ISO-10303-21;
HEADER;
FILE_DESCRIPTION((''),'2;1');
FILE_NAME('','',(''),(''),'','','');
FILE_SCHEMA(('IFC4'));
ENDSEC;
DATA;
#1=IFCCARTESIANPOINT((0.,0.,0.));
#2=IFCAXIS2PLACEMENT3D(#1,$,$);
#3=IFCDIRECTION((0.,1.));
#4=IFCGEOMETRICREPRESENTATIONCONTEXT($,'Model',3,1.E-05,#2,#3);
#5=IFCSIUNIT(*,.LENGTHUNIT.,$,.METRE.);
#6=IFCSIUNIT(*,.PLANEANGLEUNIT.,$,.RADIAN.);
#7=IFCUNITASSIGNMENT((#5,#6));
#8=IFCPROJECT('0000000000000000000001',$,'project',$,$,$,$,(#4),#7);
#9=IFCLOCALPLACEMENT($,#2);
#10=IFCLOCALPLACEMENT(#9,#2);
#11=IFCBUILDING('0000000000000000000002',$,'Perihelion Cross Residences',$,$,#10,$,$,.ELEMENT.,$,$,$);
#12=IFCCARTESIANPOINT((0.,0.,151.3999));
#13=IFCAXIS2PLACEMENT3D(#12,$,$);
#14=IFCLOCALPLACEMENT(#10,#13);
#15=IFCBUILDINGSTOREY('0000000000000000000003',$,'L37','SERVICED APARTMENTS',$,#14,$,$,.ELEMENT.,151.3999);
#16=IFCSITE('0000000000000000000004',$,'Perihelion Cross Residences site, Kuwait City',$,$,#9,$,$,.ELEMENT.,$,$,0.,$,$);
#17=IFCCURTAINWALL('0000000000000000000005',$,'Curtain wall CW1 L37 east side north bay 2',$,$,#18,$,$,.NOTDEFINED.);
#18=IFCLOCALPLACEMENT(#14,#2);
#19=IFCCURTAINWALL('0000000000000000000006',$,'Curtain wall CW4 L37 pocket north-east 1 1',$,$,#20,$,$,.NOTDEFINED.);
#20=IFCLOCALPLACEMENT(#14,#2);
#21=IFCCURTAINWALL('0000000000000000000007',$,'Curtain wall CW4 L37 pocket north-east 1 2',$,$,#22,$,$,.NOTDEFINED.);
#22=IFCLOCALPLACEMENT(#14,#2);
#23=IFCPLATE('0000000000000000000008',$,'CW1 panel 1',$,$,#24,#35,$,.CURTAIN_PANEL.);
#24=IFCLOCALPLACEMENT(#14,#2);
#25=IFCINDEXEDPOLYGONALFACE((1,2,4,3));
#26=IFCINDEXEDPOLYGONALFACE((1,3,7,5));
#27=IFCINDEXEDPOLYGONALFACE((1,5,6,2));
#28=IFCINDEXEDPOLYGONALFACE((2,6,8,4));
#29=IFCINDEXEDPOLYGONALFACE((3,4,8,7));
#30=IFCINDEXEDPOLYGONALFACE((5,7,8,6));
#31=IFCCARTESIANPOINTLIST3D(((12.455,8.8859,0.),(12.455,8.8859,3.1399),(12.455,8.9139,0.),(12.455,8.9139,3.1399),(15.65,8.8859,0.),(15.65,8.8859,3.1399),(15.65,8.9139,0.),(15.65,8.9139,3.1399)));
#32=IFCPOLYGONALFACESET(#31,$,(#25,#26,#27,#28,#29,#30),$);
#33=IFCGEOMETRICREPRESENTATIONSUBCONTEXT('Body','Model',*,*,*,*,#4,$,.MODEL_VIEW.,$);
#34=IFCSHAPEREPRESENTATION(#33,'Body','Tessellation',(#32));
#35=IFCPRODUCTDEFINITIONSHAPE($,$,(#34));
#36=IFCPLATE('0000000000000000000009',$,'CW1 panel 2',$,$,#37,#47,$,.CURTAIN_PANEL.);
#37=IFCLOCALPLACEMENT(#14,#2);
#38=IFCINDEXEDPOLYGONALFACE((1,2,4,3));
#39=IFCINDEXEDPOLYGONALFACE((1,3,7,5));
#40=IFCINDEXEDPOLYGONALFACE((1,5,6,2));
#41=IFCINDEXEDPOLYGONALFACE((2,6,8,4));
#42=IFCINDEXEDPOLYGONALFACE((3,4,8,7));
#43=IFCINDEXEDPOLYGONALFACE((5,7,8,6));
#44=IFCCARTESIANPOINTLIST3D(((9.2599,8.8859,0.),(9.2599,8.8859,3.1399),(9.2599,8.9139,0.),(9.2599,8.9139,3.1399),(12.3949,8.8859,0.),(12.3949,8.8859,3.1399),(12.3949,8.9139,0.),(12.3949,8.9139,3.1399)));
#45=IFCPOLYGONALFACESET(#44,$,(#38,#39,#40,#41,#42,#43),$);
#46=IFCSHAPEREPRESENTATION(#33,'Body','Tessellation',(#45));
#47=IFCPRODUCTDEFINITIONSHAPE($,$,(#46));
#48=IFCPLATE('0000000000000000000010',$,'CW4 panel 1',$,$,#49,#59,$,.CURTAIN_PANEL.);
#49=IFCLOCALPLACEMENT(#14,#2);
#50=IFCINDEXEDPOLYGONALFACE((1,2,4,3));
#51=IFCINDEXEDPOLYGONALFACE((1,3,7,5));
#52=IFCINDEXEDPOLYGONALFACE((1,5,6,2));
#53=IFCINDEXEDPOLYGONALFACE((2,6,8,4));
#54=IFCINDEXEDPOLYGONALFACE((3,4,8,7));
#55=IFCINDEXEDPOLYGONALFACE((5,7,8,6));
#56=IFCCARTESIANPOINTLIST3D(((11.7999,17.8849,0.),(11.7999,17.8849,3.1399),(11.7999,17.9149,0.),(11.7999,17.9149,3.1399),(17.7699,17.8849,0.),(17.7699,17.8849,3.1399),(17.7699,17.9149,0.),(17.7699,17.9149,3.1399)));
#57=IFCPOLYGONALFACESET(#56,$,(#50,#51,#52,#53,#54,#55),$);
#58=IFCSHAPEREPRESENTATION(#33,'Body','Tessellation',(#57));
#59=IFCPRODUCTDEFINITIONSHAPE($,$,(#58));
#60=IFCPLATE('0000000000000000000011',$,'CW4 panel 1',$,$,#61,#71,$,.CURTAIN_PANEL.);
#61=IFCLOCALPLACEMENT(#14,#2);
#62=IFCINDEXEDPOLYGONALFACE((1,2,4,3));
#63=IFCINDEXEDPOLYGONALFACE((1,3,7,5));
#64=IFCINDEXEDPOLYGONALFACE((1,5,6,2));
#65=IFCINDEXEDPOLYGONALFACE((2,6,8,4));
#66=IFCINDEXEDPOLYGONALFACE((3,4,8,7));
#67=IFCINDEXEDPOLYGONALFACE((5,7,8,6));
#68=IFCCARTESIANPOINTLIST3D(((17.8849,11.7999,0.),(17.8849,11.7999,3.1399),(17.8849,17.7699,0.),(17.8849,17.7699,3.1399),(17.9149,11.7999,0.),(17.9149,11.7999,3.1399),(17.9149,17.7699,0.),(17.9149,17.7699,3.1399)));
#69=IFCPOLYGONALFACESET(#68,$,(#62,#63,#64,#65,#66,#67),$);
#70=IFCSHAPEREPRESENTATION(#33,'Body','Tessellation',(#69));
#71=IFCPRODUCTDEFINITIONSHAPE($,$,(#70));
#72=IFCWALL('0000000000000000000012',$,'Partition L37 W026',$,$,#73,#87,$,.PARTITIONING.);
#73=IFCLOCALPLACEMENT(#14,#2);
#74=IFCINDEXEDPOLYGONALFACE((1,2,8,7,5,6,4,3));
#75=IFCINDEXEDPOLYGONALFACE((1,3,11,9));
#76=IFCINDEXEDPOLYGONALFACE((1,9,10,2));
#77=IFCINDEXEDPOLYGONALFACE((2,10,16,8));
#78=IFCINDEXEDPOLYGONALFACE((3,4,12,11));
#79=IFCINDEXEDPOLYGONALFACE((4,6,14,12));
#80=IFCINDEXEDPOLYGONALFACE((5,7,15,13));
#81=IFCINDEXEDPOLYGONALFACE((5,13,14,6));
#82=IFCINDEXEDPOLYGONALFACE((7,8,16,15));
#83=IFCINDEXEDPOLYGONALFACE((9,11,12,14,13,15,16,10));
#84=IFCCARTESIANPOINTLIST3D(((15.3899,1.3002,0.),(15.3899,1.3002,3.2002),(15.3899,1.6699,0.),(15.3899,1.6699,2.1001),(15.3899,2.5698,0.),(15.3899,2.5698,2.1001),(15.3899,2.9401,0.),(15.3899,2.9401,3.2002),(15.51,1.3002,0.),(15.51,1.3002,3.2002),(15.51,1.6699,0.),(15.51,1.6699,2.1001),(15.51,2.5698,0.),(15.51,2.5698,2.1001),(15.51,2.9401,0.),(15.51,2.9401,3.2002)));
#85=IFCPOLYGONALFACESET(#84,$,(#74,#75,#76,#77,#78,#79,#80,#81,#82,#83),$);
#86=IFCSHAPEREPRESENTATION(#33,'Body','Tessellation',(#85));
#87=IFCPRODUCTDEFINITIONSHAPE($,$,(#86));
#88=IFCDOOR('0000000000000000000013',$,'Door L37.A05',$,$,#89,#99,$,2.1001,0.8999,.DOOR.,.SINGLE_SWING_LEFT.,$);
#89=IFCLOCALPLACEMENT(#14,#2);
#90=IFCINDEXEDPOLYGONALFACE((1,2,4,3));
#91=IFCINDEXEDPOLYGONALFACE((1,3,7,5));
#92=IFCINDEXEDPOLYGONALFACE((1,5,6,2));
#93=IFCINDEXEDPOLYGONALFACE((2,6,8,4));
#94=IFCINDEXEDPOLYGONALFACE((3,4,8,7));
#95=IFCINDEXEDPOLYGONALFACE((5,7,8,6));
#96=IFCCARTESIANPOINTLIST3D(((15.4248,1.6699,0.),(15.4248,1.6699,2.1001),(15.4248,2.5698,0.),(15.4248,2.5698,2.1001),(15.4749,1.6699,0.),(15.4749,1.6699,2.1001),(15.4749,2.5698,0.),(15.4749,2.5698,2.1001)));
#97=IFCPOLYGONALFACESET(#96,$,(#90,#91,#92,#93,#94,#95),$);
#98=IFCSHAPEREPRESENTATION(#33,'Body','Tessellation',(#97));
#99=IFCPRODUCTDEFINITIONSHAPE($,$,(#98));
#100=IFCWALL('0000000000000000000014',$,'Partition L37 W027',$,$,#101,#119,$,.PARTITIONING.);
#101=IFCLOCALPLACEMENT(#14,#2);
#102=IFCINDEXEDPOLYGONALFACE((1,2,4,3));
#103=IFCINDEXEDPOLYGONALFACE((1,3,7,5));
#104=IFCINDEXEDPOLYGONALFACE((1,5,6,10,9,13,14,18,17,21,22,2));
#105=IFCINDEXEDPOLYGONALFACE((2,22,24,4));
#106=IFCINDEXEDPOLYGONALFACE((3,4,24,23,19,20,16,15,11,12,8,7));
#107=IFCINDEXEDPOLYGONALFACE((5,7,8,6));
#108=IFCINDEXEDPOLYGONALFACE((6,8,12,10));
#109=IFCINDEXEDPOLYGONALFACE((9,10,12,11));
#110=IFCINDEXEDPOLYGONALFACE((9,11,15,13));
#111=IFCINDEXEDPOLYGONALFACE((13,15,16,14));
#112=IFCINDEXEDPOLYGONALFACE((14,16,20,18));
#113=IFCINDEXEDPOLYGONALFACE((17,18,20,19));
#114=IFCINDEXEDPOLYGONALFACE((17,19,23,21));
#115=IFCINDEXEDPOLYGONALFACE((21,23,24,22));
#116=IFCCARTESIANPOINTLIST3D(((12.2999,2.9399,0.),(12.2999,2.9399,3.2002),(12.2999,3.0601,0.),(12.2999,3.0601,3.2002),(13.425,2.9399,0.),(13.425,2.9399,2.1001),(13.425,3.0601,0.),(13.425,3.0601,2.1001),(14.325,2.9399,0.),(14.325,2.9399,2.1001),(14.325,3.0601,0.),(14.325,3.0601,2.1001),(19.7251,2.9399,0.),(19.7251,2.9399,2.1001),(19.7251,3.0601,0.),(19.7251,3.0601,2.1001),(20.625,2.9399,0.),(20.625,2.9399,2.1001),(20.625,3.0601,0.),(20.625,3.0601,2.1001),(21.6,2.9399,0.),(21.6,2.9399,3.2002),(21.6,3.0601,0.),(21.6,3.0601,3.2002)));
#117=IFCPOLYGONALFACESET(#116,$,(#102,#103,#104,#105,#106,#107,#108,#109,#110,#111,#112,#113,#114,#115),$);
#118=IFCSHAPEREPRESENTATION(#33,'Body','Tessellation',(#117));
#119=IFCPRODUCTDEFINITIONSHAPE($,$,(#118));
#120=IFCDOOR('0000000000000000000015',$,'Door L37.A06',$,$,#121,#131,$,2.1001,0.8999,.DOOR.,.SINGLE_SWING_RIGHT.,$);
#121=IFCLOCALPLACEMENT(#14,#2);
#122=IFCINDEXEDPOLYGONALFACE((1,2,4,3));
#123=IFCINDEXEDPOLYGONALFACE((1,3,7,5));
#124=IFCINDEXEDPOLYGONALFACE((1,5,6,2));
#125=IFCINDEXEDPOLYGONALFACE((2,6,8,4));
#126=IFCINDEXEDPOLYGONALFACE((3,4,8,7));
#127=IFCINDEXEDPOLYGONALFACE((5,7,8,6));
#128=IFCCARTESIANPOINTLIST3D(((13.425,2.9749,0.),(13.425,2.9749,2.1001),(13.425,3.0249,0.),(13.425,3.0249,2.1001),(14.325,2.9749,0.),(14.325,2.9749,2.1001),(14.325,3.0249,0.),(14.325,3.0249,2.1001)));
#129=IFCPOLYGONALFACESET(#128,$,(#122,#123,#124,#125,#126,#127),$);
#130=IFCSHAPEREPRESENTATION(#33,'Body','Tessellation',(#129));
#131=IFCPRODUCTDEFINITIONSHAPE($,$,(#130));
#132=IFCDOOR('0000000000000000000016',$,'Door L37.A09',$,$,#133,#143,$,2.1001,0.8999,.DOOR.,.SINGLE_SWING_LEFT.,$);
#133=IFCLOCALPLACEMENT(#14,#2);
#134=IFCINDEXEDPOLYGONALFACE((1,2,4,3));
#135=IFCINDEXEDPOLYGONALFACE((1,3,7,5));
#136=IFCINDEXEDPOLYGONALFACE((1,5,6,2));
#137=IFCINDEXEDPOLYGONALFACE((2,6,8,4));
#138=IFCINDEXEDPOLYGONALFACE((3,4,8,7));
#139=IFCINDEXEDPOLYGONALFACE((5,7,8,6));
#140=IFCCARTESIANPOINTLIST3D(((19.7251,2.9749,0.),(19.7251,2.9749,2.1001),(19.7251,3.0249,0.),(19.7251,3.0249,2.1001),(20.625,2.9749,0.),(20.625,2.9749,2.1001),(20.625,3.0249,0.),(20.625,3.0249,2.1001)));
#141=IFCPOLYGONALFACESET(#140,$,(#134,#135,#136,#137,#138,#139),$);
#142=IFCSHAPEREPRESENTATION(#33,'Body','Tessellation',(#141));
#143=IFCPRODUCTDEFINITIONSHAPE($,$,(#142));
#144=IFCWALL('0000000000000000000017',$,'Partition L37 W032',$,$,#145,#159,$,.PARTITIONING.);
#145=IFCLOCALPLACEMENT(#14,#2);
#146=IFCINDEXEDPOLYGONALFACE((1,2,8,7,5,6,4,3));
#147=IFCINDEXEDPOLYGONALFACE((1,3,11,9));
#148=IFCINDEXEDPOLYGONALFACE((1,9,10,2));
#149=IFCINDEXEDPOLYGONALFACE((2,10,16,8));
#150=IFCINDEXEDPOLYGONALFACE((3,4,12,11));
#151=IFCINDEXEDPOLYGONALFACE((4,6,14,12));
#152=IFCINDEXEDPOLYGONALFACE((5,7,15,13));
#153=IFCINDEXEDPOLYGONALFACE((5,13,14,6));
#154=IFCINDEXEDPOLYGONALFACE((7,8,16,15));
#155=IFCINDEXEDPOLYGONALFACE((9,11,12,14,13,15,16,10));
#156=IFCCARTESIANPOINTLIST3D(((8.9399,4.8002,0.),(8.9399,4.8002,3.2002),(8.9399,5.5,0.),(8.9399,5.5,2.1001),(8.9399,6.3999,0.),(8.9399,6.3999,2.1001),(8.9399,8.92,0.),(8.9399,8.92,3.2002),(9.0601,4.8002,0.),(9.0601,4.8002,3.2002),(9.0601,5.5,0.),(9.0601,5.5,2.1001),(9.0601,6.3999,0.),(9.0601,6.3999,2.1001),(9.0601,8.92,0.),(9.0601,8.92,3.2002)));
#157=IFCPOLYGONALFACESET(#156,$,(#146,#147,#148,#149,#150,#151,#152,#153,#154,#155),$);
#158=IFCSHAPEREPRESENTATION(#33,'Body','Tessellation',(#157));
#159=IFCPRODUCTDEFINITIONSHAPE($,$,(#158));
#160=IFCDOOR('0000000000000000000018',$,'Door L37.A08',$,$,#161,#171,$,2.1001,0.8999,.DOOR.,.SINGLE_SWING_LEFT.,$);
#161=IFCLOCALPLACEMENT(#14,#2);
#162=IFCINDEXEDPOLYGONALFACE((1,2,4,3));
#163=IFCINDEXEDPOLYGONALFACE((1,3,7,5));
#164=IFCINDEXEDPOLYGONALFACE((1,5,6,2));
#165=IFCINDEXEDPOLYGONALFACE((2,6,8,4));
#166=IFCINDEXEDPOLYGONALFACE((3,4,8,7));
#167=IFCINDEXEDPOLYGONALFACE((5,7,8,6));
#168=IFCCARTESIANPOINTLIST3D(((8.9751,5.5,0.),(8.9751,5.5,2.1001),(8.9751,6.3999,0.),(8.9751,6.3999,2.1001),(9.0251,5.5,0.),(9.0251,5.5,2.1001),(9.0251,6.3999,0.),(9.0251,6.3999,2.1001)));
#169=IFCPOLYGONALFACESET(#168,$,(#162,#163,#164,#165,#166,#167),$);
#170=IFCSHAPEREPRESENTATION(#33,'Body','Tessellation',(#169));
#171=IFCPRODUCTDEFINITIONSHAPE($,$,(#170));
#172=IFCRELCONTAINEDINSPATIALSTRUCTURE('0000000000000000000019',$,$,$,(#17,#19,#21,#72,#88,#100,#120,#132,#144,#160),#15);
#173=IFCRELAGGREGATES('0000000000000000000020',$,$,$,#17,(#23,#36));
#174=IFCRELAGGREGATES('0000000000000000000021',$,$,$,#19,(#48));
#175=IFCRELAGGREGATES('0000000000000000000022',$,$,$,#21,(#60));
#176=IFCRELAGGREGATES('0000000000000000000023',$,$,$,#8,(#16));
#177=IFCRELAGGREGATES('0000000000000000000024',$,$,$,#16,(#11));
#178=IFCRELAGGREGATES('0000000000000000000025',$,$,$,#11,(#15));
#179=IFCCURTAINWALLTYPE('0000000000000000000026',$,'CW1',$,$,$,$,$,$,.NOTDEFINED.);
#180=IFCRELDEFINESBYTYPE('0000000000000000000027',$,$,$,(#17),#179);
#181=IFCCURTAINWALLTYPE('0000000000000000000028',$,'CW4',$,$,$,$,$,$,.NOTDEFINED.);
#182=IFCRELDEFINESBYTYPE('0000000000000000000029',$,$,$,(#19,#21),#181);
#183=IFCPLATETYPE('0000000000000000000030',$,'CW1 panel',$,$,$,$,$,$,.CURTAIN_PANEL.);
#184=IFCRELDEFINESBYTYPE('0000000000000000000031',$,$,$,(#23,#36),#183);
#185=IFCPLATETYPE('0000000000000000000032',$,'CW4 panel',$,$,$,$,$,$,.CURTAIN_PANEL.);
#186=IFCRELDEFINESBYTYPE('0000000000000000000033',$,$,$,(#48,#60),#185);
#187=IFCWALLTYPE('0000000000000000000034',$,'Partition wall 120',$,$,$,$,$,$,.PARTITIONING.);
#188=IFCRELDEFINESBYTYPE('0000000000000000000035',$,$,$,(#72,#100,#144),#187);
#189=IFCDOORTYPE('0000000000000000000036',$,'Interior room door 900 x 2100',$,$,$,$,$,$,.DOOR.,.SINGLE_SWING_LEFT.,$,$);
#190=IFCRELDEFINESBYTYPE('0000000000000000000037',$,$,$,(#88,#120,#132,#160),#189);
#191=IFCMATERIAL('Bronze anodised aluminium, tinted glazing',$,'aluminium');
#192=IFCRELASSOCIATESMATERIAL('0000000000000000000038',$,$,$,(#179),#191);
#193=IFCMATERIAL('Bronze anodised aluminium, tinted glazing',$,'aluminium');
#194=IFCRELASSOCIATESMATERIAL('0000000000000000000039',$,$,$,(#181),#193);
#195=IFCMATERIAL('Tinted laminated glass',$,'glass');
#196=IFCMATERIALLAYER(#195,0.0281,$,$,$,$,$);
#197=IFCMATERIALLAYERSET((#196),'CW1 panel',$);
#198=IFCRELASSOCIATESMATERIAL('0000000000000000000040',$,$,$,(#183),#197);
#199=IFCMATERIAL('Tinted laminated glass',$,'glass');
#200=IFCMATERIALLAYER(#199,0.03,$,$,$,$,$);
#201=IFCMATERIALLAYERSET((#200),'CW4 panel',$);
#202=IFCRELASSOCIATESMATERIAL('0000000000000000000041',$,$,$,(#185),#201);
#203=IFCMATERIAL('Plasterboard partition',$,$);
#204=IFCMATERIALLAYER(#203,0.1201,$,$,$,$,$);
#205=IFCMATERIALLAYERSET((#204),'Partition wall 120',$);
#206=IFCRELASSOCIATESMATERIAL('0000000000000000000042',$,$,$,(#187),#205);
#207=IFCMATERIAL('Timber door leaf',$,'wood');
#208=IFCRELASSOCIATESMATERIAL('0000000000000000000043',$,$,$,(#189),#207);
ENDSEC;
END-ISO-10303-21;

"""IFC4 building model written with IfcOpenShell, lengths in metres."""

from ifc_helpers import new_model, si_unit, direction, frame, frame_2d, origin, origin_2d, place, context, subcontext, project, spatial, rectangle, extrude, material, layer, layer_set, type_object, element, fill, aggregate, save


model = new_model("IFC4")

# Units and contexts
model_context = context("Model", 3, precision=1e-05, world=origin(), true_north=direction((0.0, 1.0)))
body_context = subcontext(model_context, "Body", "Model", "MODEL_VIEW")
ifc_project = project(units=[si_unit("LENGTHUNIT", "METRE"), si_unit("PLANEANGLEUNIT", "RADIAN")], contexts=[model_context])

# Site, building, storey
site_placement = place(None, origin())
site = spatial("IfcSite", under=ifc_project, at=site_placement, Name="Perihelion Cross Residences site, Kuwait City", CompositionType="ELEMENT", RefElevation=0.0)
building_placement = place(site_placement, origin())
building = spatial("IfcBuilding", under=site, at=building_placement, Name="Perihelion Cross Residences", CompositionType="ELEMENT")
storey_placement = place(building_placement, frame((0.0, 0.0, 151.3999)))
storey = spatial("IfcBuildingStorey", under=building, at=storey_placement, Name="L37", Description="SERVICED APARTMENTS", CompositionType="ELEMENT", Elevation=151.3999)

# Curtain walls
ifc_material_1 = material(Name="Bronze anodised aluminium, tinted glazing", Category="aluminium")
curtain_wall_type_1 = type_object("IfcCurtainWallType", Name="CW1", PredefinedType="NOTDEFINED", material=ifc_material_1)
curtain_wall_1_placement = place(storey_placement, origin())
curtain_wall_1 = element("IfcCurtainWall", 1, at=curtain_wall_1_placement, inside=storey, type_object=curtain_wall_type_1, Name="Curtain wall CW1 L37 east side north bay 2", PredefinedType="NOTDEFINED")
ifc_material_2 = material(Name="Bronze anodised aluminium, tinted glazing", Category="aluminium")
curtain_wall_type_2 = type_object("IfcCurtainWallType", Name="CW4", PredefinedType="NOTDEFINED", material=ifc_material_2)
curtain_wall_2_placement = place(storey_placement, origin())
curtain_wall_2 = element("IfcCurtainWall", 2, at=curtain_wall_2_placement, inside=storey, type_object=curtain_wall_type_2, Name="Curtain wall CW4 L37 pocket north-east 1 1", PredefinedType="NOTDEFINED")
curtain_wall_3_placement = place(storey_placement, origin())
curtain_wall_3 = element("IfcCurtainWall", 3, at=curtain_wall_3_placement, inside=storey, type_object=curtain_wall_type_2, Name="Curtain wall CW4 L37 pocket north-east 1 2", PredefinedType="NOTDEFINED")

# Plates
ifc_material_3 = material(Name="Tinted laminated glass", Category="glass")
ifc_layer_1 = layer(ifc_material_3, 0.0281)
ifc_layer_set_1 = layer_set([ifc_layer_1], Name="CW1 panel")
plate_type_1 = type_object("IfcPlateType", Name="CW1 panel", PredefinedType="CURTAIN_PANEL", material=ifc_layer_set_1)
plate_1_placement = place(storey_placement, frame((14.0525, 8.8999, 0.0), z_axis=(0.0, 0.0, 1.0), x_axis=(-1.0, 0.0, 0.0)))
plate_1 = element("IfcPlate", 4, at=plate_1_placement, type_object=plate_type_1, Name="CW1 panel 1", PredefinedType="CURTAIN_PANEL", context=body_context, shape_type="SweptSolid", body=[
    extrude(rectangle(XDim=3.1951, YDim=0.0281, at=origin_2d()), origin(), (0.0, 0.0, 1.0), 3.1399),
])
plate_2_placement = place(storey_placement, frame((10.8274, 8.8999, 0.0), z_axis=(0.0, 0.0, 1.0), x_axis=(-1.0, 0.0, 0.0)))
plate_2 = element("IfcPlate", 5, at=plate_2_placement, type_object=plate_type_1, Name="CW1 panel 2", PredefinedType="CURTAIN_PANEL", context=body_context, shape_type="SweptSolid", body=[
    extrude(rectangle(XDim=3.135, YDim=0.0281, at=origin_2d()), origin(), (0.0, 0.0, 1.0), 3.1399),
])
aggregate(curtain_wall_1, [plate_1, plate_2])
ifc_material_4 = material(Name="Tinted laminated glass", Category="glass")
ifc_layer_2 = layer(ifc_material_4, 0.03)
ifc_layer_set_2 = layer_set([ifc_layer_2], Name="CW4 panel")
plate_type_2 = type_object("IfcPlateType", Name="CW4 panel", PredefinedType="CURTAIN_PANEL", material=ifc_layer_set_2)
plate_3_placement = place(storey_placement, frame((14.7849, 17.8999, 0.0), z_axis=(0.0, 0.0, 1.0), x_axis=(1.0, 0.0, 0.0)))
plate_3 = element("IfcPlate", 6, at=plate_3_placement, type_object=plate_type_2, Name="CW4 panel 1", PredefinedType="CURTAIN_PANEL", context=body_context, shape_type="SweptSolid", body=[
    extrude(rectangle(XDim=5.97, YDim=0.03, at=origin_2d()), origin(), (0.0, 0.0, 1.0), 3.1399),
])
aggregate(curtain_wall_2, [plate_3])
plate_4_placement = place(storey_placement, frame((17.8999, 14.7849, 0.0), z_axis=(0.0, 0.0, 1.0), x_axis=(0.0, -1.0, 0.0)))
plate_4 = element("IfcPlate", 7, at=plate_4_placement, type_object=plate_type_2, Name="CW4 panel 1", PredefinedType="CURTAIN_PANEL", context=body_context, shape_type="SweptSolid", body=[
    extrude(rectangle(XDim=5.97, YDim=0.03, at=origin_2d()), origin(), (0.0, 0.0, 1.0), 3.1399),
])
aggregate(curtain_wall_3, [plate_4])

# Wall, opening, door
ifc_material_5 = material(Name="Plasterboard partition")
ifc_layer_3 = layer(ifc_material_5, 0.1201)
ifc_layer_set_3 = layer_set([ifc_layer_3], Name="Partition wall 120")
wall_type_1 = type_object("IfcWallType", Name="Partition wall 120", PredefinedType="PARTITIONING", material=ifc_layer_set_3)
wall_1_placement = place(storey_placement, frame((15.45, 2.9399, 0.0), z_axis=(0.0, 0.0, 1.0), x_axis=(0.0, -1.0, 0.0)))
wall_1 = element("IfcWall", 8, at=wall_1_placement, inside=storey, type_object=wall_type_1, Name="Partition L37 W026", PredefinedType="PARTITIONING", context=body_context, shape_type="SweptSolid", body=[
    extrude(rectangle(XDim=1.6399, YDim=0.1201, at=frame_2d((0.8198, 0.0))), origin(), (0.0, 0.0, 1.0), 3.2002),
])
opening_1_placement = place(wall_1_placement, frame((0.3701, 0.0, 0.0)))
opening_1 = element("IfcOpeningElement", 9, at=opening_1_placement, cuts=wall_1, PredefinedType="OPENING", context=body_context, shape_type="SweptSolid", body=[
    extrude(rectangle(XDim=0.8999, YDim=2.1001, at=frame_2d((0.45, 1.05))), frame((0.0, 0.0701, 0.0), z_axis=(0.0, -1.0, 0.0), x_axis=(1.0, 0.0, 0.0)), (0.0, 0.0, 1.0), 0.1401),
])
ifc_material_6 = material(Name="Timber door leaf", Category="wood")
door_type_1 = type_object("IfcDoorType", Name="Interior room door 900 x 2100", OperationType="SINGLE_SWING_LEFT", PredefinedType="DOOR", material=ifc_material_6)
door_1_placement = place(opening_1_placement, origin())
door_1 = element("IfcDoor", 10, at=door_1_placement, inside=storey, type_object=door_type_1, Name="Door L37.A05", OperationType="SINGLE_SWING_LEFT", OverallHeight=2.1001, OverallWidth=0.8999, PredefinedType="DOOR", context=body_context, shape_type="SweptSolid", body=[
    extrude(rectangle(XDim=0.8999, YDim=2.1001, at=frame_2d((0.45, 1.05))), frame((0.0, 0.0249, 0.0), z_axis=(0.0, -1.0, 0.0), x_axis=(1.0, 0.0, 0.0)), (0.0, 0.0, 1.0), 0.05),
])
fill(opening_1, door_1)

# Wall, openings, doors
wall_2_placement = place(storey_placement, frame((12.3, 3.0, 0.0), z_axis=(0.0, 0.0, 1.0), x_axis=(1.0, 0.0, 0.0)))
wall_2 = element("IfcWall", 11, at=wall_2_placement, inside=storey, type_object=wall_type_1, Name="Partition L37 W027", PredefinedType="PARTITIONING", context=body_context, shape_type="SweptSolid", body=[
    extrude(rectangle(XDim=9.3, YDim=0.1201, at=frame_2d((4.6499, 0.0))), origin(), (0.0, 0.0, 1.0), 3.2002),
])
opening_2_placement = place(wall_2_placement, frame((1.125, 0.0, 0.0)))
opening_2 = element("IfcOpeningElement", 12, at=opening_2_placement, cuts=wall_2, PredefinedType="OPENING", context=body_context, shape_type="SweptSolid", body=[
    extrude(rectangle(XDim=0.8999, YDim=2.1001, at=frame_2d((0.45, 1.05))), frame((0.0, 0.0701, 0.0), z_axis=(0.0, -1.0, 0.0), x_axis=(1.0, 0.0, 0.0)), (0.0, 0.0, 1.0), 0.1401),
])
opening_3_placement = place(wall_2_placement, frame((7.425, 0.0, 0.0)))
opening_3 = element("IfcOpeningElement", 13, at=opening_3_placement, cuts=wall_2, PredefinedType="OPENING", context=body_context, shape_type="SweptSolid", body=[
    extrude(rectangle(XDim=0.8999, YDim=2.1001, at=frame_2d((0.45, 1.05))), frame((0.0, 0.0701, 0.0), z_axis=(0.0, -1.0, 0.0), x_axis=(1.0, 0.0, 0.0)), (0.0, 0.0, 1.0), 0.1401),
])
door_2_placement = place(opening_2_placement, origin())
door_2 = element("IfcDoor", 14, at=door_2_placement, inside=storey, type_object=door_type_1, Name="Door L37.A06", OperationType="SINGLE_SWING_RIGHT", OverallHeight=2.1001, OverallWidth=0.8999, PredefinedType="DOOR", context=body_context, shape_type="SweptSolid", body=[
    extrude(rectangle(XDim=0.8999, YDim=2.1001, at=frame_2d((0.45, 1.05))), frame((0.0, 0.0249, 0.0), z_axis=(0.0, -1.0, 0.0), x_axis=(1.0, 0.0, 0.0)), (0.0, 0.0, 1.0), 0.05),
])
fill(opening_2, door_2)
door_3_placement = place(opening_3_placement, origin())
door_3 = element("IfcDoor", 15, at=door_3_placement, inside=storey, type_object=door_type_1, Name="Door L37.A09", OperationType="SINGLE_SWING_LEFT", OverallHeight=2.1001, OverallWidth=0.8999, PredefinedType="DOOR", context=body_context, shape_type="SweptSolid", body=[
    extrude(rectangle(XDim=0.8999, YDim=2.1001, at=frame_2d((0.45, 1.05))), frame((0.0, 0.0249, 0.0), z_axis=(0.0, -1.0, 0.0), x_axis=(1.0, 0.0, 0.0)), (0.0, 0.0, 1.0), 0.05),
])
fill(opening_3, door_3)

# Wall, opening, door
wall_3_placement = place(storey_placement, frame((9.0, 4.8, 0.0), z_axis=(0.0, 0.0, 1.0), x_axis=(0.0, 1.0, 0.0)))
wall_3 = element("IfcWall", 16, at=wall_3_placement, inside=storey, type_object=wall_type_1, Name="Partition L37 W032", PredefinedType="PARTITIONING", context=body_context, shape_type="SweptSolid", body=[
    extrude(rectangle(XDim=4.1199, YDim=0.1201, at=frame_2d((2.0601, 0.0))), origin(), (0.0, 0.0, 1.0), 3.2002),
])
opening_4_placement = place(wall_3_placement, frame((0.7, 0.0, 0.0)))
opening_4 = element("IfcOpeningElement", 17, at=opening_4_placement, cuts=wall_3, PredefinedType="OPENING", context=body_context, shape_type="SweptSolid", body=[
    extrude(rectangle(XDim=0.8999, YDim=2.1001, at=frame_2d((0.45, 1.05))), frame((0.0, 0.0701, 0.0), z_axis=(0.0, -1.0, 0.0), x_axis=(1.0, 0.0, 0.0)), (0.0, 0.0, 1.0), 0.1401),
])
door_4_placement = place(opening_4_placement, origin())
door_4 = element("IfcDoor", 18, at=door_4_placement, inside=storey, type_object=door_type_1, Name="Door L37.A08", OperationType="SINGLE_SWING_LEFT", OverallHeight=2.1001, OverallWidth=0.8999, PredefinedType="DOOR", context=body_context, shape_type="SweptSolid", body=[
    extrude(rectangle(XDim=0.8999, YDim=2.1001, at=frame_2d((0.45, 1.05))), frame((0.0, 0.0249, 0.0), z_axis=(0.0, -1.0, 0.0), x_axis=(1.0, 0.0, 0.0)), (0.0, 0.0, 1.0), 0.05),
])
fill(opening_4, door_4)

save(model, "model.ifc")
